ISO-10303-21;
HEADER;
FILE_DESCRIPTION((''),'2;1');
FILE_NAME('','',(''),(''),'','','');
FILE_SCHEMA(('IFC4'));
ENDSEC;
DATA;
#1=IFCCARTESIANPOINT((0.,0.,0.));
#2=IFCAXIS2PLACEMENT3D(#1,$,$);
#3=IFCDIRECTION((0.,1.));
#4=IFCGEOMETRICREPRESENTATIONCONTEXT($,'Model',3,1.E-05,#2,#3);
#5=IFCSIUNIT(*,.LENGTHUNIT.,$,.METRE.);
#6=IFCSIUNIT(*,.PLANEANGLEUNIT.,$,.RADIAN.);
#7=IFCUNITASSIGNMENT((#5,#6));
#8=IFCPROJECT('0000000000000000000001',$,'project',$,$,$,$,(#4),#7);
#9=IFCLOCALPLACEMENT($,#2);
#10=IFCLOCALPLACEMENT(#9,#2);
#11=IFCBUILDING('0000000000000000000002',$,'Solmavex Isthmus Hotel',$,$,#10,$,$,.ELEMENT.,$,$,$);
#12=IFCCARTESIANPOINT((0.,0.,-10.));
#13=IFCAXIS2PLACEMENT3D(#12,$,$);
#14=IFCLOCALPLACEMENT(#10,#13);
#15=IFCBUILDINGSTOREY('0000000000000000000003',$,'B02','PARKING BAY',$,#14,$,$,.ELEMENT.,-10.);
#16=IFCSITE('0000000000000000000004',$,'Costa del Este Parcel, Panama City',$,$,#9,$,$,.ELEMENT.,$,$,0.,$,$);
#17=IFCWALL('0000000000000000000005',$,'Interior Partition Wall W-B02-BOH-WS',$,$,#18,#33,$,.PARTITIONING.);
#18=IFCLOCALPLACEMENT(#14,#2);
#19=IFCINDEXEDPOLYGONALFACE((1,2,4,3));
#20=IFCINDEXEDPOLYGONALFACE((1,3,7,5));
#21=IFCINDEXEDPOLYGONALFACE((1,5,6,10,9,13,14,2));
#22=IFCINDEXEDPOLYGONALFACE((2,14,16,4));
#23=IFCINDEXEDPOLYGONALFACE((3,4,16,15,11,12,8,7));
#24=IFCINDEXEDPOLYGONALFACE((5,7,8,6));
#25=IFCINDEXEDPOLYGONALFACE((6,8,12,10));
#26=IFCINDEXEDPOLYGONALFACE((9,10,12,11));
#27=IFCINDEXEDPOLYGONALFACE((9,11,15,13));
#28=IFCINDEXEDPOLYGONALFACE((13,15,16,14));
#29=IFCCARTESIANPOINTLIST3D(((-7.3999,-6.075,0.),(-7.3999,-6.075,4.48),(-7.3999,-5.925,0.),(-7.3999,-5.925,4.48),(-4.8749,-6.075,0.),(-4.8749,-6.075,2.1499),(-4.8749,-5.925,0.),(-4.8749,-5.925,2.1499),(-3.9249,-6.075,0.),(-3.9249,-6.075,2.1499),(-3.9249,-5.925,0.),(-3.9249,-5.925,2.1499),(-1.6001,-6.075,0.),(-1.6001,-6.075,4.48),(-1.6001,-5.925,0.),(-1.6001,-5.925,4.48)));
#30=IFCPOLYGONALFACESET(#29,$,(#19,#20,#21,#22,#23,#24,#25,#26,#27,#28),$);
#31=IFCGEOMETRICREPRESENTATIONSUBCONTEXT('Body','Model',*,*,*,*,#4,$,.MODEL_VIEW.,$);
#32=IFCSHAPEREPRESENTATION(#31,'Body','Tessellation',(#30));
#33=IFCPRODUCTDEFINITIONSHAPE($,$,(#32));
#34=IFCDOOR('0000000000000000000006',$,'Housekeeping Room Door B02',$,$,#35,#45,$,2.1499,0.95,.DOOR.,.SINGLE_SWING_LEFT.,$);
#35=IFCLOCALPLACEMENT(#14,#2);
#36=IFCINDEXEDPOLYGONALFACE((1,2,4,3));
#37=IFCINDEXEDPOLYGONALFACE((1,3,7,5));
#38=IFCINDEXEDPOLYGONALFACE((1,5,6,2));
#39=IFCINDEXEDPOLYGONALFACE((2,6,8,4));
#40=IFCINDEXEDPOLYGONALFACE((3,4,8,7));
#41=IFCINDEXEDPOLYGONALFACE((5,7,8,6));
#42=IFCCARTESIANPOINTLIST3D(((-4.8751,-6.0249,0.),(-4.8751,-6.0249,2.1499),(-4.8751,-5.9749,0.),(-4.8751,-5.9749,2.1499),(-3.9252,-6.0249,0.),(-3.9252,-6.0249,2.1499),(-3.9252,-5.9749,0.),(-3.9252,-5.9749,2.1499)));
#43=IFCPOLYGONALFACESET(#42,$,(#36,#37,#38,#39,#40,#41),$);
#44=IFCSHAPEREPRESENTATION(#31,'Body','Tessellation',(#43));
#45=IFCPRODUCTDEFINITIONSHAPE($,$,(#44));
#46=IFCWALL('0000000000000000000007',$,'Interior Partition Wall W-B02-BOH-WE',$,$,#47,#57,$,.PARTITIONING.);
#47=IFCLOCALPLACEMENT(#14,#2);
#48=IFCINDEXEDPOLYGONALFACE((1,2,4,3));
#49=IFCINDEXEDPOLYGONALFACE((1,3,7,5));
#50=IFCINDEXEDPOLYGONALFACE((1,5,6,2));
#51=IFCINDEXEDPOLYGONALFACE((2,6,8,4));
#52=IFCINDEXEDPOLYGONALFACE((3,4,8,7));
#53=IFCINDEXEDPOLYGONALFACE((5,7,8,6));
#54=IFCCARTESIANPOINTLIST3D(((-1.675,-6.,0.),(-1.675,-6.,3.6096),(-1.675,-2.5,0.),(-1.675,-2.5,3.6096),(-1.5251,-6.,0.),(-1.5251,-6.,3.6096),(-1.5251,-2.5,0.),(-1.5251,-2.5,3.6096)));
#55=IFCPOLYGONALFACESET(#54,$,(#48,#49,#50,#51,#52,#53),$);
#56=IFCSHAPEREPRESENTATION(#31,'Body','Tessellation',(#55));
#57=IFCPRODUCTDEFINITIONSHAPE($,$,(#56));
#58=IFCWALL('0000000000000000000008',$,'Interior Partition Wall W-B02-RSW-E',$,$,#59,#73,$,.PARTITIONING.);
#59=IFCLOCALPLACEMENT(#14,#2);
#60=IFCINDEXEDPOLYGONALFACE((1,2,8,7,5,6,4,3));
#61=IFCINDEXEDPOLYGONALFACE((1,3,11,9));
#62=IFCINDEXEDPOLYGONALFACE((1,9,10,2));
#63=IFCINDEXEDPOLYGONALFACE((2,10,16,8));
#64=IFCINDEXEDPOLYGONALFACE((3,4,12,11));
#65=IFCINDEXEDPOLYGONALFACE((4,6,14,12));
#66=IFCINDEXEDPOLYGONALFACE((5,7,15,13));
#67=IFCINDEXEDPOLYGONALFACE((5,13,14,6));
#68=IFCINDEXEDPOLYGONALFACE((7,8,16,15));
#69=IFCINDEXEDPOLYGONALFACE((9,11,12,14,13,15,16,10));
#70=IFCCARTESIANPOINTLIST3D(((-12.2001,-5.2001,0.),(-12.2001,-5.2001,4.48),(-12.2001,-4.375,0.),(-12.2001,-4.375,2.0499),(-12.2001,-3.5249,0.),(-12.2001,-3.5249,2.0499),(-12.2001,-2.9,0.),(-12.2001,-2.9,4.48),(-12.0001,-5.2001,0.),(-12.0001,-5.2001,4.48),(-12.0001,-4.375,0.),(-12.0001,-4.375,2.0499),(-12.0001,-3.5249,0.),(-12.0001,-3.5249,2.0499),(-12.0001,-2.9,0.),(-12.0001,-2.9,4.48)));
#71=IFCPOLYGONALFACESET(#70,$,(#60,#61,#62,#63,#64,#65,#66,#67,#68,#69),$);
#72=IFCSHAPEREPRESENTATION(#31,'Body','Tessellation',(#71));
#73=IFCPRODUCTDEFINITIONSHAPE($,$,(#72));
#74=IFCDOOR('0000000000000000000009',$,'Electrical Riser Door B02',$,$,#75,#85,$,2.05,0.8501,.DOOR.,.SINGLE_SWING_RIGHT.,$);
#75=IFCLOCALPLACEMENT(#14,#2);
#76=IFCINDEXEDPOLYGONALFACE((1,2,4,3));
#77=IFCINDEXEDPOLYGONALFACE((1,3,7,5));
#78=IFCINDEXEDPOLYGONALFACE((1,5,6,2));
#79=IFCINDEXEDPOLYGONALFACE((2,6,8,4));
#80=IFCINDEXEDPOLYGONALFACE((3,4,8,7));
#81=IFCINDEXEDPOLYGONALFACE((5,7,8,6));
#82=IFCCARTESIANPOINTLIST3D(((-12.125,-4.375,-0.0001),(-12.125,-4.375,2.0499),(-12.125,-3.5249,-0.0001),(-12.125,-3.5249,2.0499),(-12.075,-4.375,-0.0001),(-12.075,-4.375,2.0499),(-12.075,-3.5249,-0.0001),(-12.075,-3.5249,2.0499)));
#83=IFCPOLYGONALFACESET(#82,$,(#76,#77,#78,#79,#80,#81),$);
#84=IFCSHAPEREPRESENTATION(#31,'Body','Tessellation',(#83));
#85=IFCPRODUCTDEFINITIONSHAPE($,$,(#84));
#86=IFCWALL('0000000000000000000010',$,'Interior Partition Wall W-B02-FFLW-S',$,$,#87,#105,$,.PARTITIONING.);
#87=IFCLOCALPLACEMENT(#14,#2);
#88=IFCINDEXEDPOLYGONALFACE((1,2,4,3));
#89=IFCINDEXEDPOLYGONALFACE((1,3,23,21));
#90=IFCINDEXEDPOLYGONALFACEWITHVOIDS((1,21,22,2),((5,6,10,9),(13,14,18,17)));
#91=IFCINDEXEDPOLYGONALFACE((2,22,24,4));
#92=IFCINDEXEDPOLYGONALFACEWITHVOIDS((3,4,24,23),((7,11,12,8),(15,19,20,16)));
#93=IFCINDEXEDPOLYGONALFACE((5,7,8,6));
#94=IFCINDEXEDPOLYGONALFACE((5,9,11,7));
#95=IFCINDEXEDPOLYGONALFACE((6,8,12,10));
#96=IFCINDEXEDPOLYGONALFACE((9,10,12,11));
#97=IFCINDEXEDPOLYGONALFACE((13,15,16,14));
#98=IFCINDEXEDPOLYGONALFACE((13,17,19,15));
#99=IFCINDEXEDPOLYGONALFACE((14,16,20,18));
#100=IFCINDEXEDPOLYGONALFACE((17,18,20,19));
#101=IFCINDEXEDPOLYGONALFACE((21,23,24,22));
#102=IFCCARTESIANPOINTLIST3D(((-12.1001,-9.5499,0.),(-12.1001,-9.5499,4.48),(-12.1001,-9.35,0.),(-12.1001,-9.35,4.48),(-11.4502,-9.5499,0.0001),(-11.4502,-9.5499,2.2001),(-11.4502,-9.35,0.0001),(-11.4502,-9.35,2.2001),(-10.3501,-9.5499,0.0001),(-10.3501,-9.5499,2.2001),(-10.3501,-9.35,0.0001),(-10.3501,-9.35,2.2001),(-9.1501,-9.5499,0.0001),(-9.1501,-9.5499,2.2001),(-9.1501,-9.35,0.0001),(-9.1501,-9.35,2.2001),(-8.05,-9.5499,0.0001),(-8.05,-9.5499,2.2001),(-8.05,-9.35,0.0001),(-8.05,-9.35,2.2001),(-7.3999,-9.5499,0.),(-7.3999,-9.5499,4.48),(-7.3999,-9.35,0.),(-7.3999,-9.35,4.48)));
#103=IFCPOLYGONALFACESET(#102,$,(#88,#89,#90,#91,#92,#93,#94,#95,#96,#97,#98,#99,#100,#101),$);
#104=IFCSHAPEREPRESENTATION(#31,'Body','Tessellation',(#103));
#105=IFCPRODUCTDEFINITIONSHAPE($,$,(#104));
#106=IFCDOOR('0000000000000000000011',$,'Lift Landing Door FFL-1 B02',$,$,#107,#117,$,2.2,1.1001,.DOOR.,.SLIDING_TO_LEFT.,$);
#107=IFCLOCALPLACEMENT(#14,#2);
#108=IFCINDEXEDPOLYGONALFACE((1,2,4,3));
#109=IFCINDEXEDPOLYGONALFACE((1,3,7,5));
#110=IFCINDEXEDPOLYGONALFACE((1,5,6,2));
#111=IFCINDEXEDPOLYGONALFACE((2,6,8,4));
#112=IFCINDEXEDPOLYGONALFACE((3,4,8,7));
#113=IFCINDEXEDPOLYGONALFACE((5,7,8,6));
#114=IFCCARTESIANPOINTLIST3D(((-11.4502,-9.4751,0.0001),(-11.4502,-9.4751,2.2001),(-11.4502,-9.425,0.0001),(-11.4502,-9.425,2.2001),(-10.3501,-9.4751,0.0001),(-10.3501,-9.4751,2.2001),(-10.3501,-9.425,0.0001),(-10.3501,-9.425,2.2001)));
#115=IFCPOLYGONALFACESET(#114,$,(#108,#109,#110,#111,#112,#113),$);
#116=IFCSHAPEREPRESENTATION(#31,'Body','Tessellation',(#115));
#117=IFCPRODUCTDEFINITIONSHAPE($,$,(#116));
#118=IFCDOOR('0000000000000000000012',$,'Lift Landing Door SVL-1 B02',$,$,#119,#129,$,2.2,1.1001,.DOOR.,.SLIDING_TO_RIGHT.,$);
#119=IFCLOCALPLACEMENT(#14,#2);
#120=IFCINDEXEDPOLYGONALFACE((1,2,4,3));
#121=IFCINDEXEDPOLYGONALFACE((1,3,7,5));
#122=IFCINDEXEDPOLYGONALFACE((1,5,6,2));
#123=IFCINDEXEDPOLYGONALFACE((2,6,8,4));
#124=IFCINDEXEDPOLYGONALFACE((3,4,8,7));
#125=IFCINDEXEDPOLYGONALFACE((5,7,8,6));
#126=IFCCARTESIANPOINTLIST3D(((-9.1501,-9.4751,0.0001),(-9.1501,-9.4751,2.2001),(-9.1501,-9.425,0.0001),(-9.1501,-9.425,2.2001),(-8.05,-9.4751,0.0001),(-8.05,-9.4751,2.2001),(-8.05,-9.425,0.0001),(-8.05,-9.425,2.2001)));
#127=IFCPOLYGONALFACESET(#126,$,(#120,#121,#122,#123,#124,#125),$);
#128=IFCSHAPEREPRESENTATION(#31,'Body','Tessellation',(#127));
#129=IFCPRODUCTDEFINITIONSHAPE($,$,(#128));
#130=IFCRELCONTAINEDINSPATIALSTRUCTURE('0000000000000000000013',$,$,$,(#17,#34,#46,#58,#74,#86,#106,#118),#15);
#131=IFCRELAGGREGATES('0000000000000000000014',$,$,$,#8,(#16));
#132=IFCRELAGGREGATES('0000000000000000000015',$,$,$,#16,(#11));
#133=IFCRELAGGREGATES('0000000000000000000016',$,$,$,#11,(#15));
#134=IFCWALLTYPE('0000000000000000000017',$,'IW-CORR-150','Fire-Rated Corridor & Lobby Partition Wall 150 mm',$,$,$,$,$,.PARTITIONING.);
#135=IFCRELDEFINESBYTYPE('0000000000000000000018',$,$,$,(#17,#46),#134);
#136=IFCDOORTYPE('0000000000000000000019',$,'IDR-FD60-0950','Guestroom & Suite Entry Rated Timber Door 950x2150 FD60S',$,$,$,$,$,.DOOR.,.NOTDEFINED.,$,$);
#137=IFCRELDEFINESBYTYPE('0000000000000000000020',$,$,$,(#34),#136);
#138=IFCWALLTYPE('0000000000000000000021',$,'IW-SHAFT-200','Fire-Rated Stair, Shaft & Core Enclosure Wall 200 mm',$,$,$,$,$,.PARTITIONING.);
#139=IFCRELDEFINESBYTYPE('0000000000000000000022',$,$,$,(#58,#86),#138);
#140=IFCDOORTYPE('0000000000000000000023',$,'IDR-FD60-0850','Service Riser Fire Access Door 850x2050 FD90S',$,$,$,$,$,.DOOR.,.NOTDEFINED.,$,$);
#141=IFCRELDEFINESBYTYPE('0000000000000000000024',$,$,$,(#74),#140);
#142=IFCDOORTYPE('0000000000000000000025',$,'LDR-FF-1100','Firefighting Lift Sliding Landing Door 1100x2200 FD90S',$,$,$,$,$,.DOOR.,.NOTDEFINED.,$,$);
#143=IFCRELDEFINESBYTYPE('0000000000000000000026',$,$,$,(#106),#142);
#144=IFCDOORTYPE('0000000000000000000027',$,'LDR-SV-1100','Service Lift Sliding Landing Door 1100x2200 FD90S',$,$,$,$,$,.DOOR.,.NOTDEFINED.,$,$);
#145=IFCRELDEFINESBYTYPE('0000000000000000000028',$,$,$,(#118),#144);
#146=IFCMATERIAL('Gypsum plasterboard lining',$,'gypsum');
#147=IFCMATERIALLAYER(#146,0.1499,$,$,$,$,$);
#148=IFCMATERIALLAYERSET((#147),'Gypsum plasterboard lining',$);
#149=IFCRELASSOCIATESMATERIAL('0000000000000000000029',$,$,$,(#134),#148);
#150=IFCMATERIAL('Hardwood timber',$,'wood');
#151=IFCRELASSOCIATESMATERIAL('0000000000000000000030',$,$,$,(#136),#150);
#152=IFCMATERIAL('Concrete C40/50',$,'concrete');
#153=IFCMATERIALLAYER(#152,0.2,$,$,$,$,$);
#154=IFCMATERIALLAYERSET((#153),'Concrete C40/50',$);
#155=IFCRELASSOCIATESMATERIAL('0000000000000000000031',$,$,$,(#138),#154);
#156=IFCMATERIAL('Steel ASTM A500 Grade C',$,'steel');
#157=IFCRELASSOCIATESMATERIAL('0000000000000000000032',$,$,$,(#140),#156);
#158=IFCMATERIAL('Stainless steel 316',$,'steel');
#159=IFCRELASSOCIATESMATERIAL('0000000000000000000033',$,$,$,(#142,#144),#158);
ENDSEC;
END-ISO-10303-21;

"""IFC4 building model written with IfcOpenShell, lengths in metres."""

from ifc_helpers import new_model, si_unit, direction, frame, frame_2d, origin, place, context, subcontext, project, spatial, rectangle, extrude, material, layer, layer_set, type_object, element, fill, save


model = new_model("IFC4")

# Units and contexts
model_context = context("Model", 3, precision=1e-05, world=origin(), true_north=direction((0.0, 1.0)))
body_context = subcontext(model_context, "Body", "Model", "MODEL_VIEW")
ifc_project = project(units=[si_unit("LENGTHUNIT", "METRE"), si_unit("PLANEANGLEUNIT", "RADIAN")], contexts=[model_context])

# Site, building, storey
site_placement = place(None, origin())
site = spatial("IfcSite", under=ifc_project, at=site_placement, Name="Costa del Este Parcel, Panama City", CompositionType="ELEMENT", RefElevation=0.0)
building_placement = place(site_placement, origin())
building = spatial("IfcBuilding", under=site, at=building_placement, Name="Solmavex Isthmus Hotel", CompositionType="ELEMENT")
storey_placement = place(building_placement, frame((0.0, 0.0, -10.0)))
storey = spatial("IfcBuildingStorey", under=building, at=storey_placement, Name="B02", Description="PARKING BAY", CompositionType="ELEMENT", Elevation=-10.0)

# Wall, opening, door
ifc_material_1 = material(Name="Gypsum plasterboard lining", Category="gypsum")
ifc_layer_1 = layer(ifc_material_1, 0.1499)
ifc_layer_set_1 = layer_set([ifc_layer_1], Name="Gypsum plasterboard lining")
wall_type_1 = type_object("IfcWallType", Name="IW-CORR-150", Description="Fire-Rated Corridor & Lobby Partition Wall 150 mm", PredefinedType="PARTITIONING", material=ifc_layer_set_1)
wall_1_placement = place(storey_placement, frame((-7.3999, -6.0, 0.0), z_axis=(0.0, 0.0, 1.0), x_axis=(1.0, 0.0, 0.0)))
wall_1 = element("IfcWall", 1, at=wall_1_placement, inside=storey, type_object=wall_type_1, Name="Interior Partition Wall W-B02-BOH-WS", PredefinedType="PARTITIONING", context=body_context, shape_type="SweptSolid", body=[
    extrude(rectangle(XDim=5.7998, YDim=0.1499, at=frame_2d((2.8999, 0.0))), origin(), (0.0, 0.0, 1.0), 4.48),
])
opening_1_placement = place(wall_1_placement, frame((2.5249, 0.0, 0.0)))
opening_1 = element("IfcOpeningElement", 2, at=opening_1_placement, cuts=wall_1, PredefinedType="OPENING", context=body_context, shape_type="SweptSolid", body=[
    extrude(rectangle(XDim=0.95, YDim=2.1499, at=frame_2d((0.4751, 1.075))), frame((0.0, 0.085, 0.0), z_axis=(0.0, -1.0, 0.0), x_axis=(1.0, 0.0, 0.0)), (0.0, 0.0, 1.0), 0.1699),
])
ifc_material_2 = material(Name="Hardwood timber", Category="wood")
door_type_1 = type_object("IfcDoorType", Name="IDR-FD60-0950", Description="Guestroom & Suite Entry Rated Timber Door 950x2150 FD60S", OperationType="NOTDEFINED", PredefinedType="DOOR", material=ifc_material_2)
door_1_placement = place(opening_1_placement, frame((0.95, 0.0, 0.0), z_axis=(0.0, 0.0, 1.0), x_axis=(-1.0, 0.0, 0.0)))
door_1 = element("IfcDoor", 3, at=door_1_placement, inside=storey, type_object=door_type_1, Name="Housekeeping Room Door B02", OperationType="SINGLE_SWING_LEFT", OverallHeight=2.1499, OverallWidth=0.95, PredefinedType="DOOR", context=body_context, shape_type="SweptSolid", body=[
    extrude(rectangle(XDim=0.95, YDim=2.1499, at=frame_2d((0.4751, 1.075))), frame((0.0, 0.0249, 0.0), z_axis=(0.0, -1.0, 0.0), x_axis=(1.0, 0.0, 0.0)), (0.0, 0.0, 1.0), 0.05),
])
fill(opening_1, door_1)

# Wall
wall_2_placement = place(storey_placement, frame((-1.6001, -6.0, 0.0), z_axis=(0.0, 0.0, 1.0), x_axis=(0.0, 1.0, 0.0)))
element("IfcWall", 4, at=wall_2_placement, inside=storey, type_object=wall_type_1, Name="Interior Partition Wall W-B02-BOH-WE", PredefinedType="PARTITIONING", context=body_context, shape_type="SweptSolid", body=[
    extrude(rectangle(XDim=3.5, YDim=0.1499, at=frame_2d((1.75, 0.0))), origin(), (0.0, 0.0, 1.0), 3.6096),
])

# Wall, opening, door
ifc_material_3 = material(Name="Concrete C40/50", Category="concrete")
ifc_layer_2 = layer(ifc_material_3, 0.2)
ifc_layer_set_2 = layer_set([ifc_layer_2], Name="Concrete C40/50")
wall_type_2 = type_object("IfcWallType", Name="IW-SHAFT-200", Description="Fire-Rated Stair, Shaft & Core Enclosure Wall 200 mm", PredefinedType="PARTITIONING", material=ifc_layer_set_2)
wall_3_placement = place(storey_placement, frame((-12.1001, -5.2, 0.0), z_axis=(0.0, 0.0, 1.0), x_axis=(0.0, 1.0, 0.0)))
wall_3 = element("IfcWall", 5, at=wall_3_placement, inside=storey, type_object=wall_type_2, Name="Interior Partition Wall W-B02-RSW-E", PredefinedType="PARTITIONING", context=body_context, shape_type="SweptSolid", body=[
    extrude(rectangle(XDim=2.3, YDim=0.2, at=frame_2d((1.1499, 0.0))), origin(), (0.0, 0.0, 1.0), 4.48),
])
opening_2_placement = place(wall_3_placement, frame((0.825, 0.0, 0.0)))
opening_2 = element("IfcOpeningElement", 6, at=opening_2_placement, cuts=wall_3, PredefinedType="OPENING", context=body_context, shape_type="SweptSolid", body=[
    extrude(rectangle(XDim=0.8501, YDim=2.05, at=frame_2d((0.425, 1.0249))), frame((0.0, 0.1099, 0.0), z_axis=(0.0, -1.0, 0.0), x_axis=(1.0, 0.0, 0.0)), (0.0, 0.0, 1.0), 0.22),
])
ifc_material_4 = material(Name="Steel ASTM A500 Grade C", Category="steel")
door_type_2 = type_object("IfcDoorType", Name="IDR-FD60-0850", Description="Service Riser Fire Access Door 850x2050 FD90S", OperationType="NOTDEFINED", PredefinedType="DOOR", material=ifc_material_4)
door_2_placement = place(opening_2_placement, origin())
door_2 = element("IfcDoor", 7, at=door_2_placement, inside=storey, type_object=door_type_2, Name="Electrical Riser Door B02", OperationType="SINGLE_SWING_RIGHT", OverallHeight=2.05, OverallWidth=0.8501, PredefinedType="DOOR", context=body_context, shape_type="SweptSolid", body=[
    extrude(rectangle(XDim=0.8501, YDim=2.05, at=frame_2d((0.425, 1.0249))), frame((0.0, 0.0249, 0.0), z_axis=(0.0, -1.0, 0.0), x_axis=(1.0, 0.0, 0.0)), (0.0, 0.0, 1.0), 0.05),
])
fill(opening_2, door_2)

# Wall, openings, doors
wall_4_placement = place(storey_placement, frame((-12.1001, -9.45, 0.0), z_axis=(0.0, 0.0, 1.0), x_axis=(1.0, 0.0, 0.0)))
wall_4 = element("IfcWall", 8, at=wall_4_placement, inside=storey, type_object=wall_type_2, Name="Interior Partition Wall W-B02-FFLW-S", PredefinedType="PARTITIONING", context=body_context, shape_type="SweptSolid", body=[
    extrude(rectangle(XDim=4.7002, YDim=0.2, at=frame_2d((2.3501, 0.0))), origin(), (0.0, 0.0, 1.0), 4.48),
])
opening_3_placement = place(wall_4_placement, frame((0.6499, 0.0, 0.0)))
opening_3 = element("IfcOpeningElement", 9, at=opening_3_placement, cuts=wall_4, PredefinedType="OPENING", context=body_context, shape_type="SweptSolid", body=[
    extrude(rectangle(XDim=1.1001, YDim=2.2, at=frame_2d((0.55, 1.1001))), frame((0.0, 0.1099, 0.0), z_axis=(0.0, -1.0, 0.0), x_axis=(1.0, 0.0, 0.0)), (0.0, 0.0, 1.0), 0.22),
])
opening_4_placement = place(wall_4_placement, frame((2.95, 0.0, 0.0)))
opening_4 = element("IfcOpeningElement", 10, at=opening_4_placement, cuts=wall_4, PredefinedType="OPENING", context=body_context, shape_type="SweptSolid", body=[
    extrude(rectangle(XDim=1.1001, YDim=2.2, at=frame_2d((0.55, 1.1001))), frame((0.0, 0.1099, 0.0), z_axis=(0.0, -1.0, 0.0), x_axis=(1.0, 0.0, 0.0)), (0.0, 0.0, 1.0), 0.22),
])
ifc_material_5 = material(Name="Stainless steel 316", Category="steel")
door_type_3 = type_object("IfcDoorType", Name="LDR-FF-1100", Description="Firefighting Lift Sliding Landing Door 1100x2200 FD90S", OperationType="NOTDEFINED", PredefinedType="DOOR", material=ifc_material_5)
door_3_placement = place(opening_3_placement, origin())
door_3 = element("IfcDoor", 11, at=door_3_placement, inside=storey, type_object=door_type_3, Name="Lift Landing Door FFL-1 B02", OperationType="SLIDING_TO_LEFT", OverallHeight=2.2, OverallWidth=1.1001, PredefinedType="DOOR", context=body_context, shape_type="SweptSolid", body=[
    extrude(rectangle(XDim=1.1001, YDim=2.2, at=frame_2d((0.55, 1.1001))), frame((0.0, 0.0249, 0.0), z_axis=(0.0, -1.0, 0.0), x_axis=(1.0, 0.0, 0.0)), (0.0, 0.0, 1.0), 0.05),
])
fill(opening_3, door_3)
door_type_4 = type_object("IfcDoorType", Name="LDR-SV-1100", Description="Service Lift Sliding Landing Door 1100x2200 FD90S", OperationType="NOTDEFINED", PredefinedType="DOOR", material=ifc_material_5)
door_4_placement = place(opening_4_placement, origin())
door_4 = element("IfcDoor", 12, at=door_4_placement, inside=storey, type_object=door_type_4, Name="Lift Landing Door SVL-1 B02", OperationType="SLIDING_TO_RIGHT", OverallHeight=2.2, OverallWidth=1.1001, PredefinedType="DOOR", context=body_context, shape_type="SweptSolid", body=[
    extrude(rectangle(XDim=1.1001, YDim=2.2, at=frame_2d((0.55, 1.1001))), frame((0.0, 0.0249, 0.0), z_axis=(0.0, -1.0, 0.0), x_axis=(1.0, 0.0, 0.0)), (0.0, 0.0, 1.0), 0.05),
])
fill(opening_4, door_4)

save(model, "model.ifc")
